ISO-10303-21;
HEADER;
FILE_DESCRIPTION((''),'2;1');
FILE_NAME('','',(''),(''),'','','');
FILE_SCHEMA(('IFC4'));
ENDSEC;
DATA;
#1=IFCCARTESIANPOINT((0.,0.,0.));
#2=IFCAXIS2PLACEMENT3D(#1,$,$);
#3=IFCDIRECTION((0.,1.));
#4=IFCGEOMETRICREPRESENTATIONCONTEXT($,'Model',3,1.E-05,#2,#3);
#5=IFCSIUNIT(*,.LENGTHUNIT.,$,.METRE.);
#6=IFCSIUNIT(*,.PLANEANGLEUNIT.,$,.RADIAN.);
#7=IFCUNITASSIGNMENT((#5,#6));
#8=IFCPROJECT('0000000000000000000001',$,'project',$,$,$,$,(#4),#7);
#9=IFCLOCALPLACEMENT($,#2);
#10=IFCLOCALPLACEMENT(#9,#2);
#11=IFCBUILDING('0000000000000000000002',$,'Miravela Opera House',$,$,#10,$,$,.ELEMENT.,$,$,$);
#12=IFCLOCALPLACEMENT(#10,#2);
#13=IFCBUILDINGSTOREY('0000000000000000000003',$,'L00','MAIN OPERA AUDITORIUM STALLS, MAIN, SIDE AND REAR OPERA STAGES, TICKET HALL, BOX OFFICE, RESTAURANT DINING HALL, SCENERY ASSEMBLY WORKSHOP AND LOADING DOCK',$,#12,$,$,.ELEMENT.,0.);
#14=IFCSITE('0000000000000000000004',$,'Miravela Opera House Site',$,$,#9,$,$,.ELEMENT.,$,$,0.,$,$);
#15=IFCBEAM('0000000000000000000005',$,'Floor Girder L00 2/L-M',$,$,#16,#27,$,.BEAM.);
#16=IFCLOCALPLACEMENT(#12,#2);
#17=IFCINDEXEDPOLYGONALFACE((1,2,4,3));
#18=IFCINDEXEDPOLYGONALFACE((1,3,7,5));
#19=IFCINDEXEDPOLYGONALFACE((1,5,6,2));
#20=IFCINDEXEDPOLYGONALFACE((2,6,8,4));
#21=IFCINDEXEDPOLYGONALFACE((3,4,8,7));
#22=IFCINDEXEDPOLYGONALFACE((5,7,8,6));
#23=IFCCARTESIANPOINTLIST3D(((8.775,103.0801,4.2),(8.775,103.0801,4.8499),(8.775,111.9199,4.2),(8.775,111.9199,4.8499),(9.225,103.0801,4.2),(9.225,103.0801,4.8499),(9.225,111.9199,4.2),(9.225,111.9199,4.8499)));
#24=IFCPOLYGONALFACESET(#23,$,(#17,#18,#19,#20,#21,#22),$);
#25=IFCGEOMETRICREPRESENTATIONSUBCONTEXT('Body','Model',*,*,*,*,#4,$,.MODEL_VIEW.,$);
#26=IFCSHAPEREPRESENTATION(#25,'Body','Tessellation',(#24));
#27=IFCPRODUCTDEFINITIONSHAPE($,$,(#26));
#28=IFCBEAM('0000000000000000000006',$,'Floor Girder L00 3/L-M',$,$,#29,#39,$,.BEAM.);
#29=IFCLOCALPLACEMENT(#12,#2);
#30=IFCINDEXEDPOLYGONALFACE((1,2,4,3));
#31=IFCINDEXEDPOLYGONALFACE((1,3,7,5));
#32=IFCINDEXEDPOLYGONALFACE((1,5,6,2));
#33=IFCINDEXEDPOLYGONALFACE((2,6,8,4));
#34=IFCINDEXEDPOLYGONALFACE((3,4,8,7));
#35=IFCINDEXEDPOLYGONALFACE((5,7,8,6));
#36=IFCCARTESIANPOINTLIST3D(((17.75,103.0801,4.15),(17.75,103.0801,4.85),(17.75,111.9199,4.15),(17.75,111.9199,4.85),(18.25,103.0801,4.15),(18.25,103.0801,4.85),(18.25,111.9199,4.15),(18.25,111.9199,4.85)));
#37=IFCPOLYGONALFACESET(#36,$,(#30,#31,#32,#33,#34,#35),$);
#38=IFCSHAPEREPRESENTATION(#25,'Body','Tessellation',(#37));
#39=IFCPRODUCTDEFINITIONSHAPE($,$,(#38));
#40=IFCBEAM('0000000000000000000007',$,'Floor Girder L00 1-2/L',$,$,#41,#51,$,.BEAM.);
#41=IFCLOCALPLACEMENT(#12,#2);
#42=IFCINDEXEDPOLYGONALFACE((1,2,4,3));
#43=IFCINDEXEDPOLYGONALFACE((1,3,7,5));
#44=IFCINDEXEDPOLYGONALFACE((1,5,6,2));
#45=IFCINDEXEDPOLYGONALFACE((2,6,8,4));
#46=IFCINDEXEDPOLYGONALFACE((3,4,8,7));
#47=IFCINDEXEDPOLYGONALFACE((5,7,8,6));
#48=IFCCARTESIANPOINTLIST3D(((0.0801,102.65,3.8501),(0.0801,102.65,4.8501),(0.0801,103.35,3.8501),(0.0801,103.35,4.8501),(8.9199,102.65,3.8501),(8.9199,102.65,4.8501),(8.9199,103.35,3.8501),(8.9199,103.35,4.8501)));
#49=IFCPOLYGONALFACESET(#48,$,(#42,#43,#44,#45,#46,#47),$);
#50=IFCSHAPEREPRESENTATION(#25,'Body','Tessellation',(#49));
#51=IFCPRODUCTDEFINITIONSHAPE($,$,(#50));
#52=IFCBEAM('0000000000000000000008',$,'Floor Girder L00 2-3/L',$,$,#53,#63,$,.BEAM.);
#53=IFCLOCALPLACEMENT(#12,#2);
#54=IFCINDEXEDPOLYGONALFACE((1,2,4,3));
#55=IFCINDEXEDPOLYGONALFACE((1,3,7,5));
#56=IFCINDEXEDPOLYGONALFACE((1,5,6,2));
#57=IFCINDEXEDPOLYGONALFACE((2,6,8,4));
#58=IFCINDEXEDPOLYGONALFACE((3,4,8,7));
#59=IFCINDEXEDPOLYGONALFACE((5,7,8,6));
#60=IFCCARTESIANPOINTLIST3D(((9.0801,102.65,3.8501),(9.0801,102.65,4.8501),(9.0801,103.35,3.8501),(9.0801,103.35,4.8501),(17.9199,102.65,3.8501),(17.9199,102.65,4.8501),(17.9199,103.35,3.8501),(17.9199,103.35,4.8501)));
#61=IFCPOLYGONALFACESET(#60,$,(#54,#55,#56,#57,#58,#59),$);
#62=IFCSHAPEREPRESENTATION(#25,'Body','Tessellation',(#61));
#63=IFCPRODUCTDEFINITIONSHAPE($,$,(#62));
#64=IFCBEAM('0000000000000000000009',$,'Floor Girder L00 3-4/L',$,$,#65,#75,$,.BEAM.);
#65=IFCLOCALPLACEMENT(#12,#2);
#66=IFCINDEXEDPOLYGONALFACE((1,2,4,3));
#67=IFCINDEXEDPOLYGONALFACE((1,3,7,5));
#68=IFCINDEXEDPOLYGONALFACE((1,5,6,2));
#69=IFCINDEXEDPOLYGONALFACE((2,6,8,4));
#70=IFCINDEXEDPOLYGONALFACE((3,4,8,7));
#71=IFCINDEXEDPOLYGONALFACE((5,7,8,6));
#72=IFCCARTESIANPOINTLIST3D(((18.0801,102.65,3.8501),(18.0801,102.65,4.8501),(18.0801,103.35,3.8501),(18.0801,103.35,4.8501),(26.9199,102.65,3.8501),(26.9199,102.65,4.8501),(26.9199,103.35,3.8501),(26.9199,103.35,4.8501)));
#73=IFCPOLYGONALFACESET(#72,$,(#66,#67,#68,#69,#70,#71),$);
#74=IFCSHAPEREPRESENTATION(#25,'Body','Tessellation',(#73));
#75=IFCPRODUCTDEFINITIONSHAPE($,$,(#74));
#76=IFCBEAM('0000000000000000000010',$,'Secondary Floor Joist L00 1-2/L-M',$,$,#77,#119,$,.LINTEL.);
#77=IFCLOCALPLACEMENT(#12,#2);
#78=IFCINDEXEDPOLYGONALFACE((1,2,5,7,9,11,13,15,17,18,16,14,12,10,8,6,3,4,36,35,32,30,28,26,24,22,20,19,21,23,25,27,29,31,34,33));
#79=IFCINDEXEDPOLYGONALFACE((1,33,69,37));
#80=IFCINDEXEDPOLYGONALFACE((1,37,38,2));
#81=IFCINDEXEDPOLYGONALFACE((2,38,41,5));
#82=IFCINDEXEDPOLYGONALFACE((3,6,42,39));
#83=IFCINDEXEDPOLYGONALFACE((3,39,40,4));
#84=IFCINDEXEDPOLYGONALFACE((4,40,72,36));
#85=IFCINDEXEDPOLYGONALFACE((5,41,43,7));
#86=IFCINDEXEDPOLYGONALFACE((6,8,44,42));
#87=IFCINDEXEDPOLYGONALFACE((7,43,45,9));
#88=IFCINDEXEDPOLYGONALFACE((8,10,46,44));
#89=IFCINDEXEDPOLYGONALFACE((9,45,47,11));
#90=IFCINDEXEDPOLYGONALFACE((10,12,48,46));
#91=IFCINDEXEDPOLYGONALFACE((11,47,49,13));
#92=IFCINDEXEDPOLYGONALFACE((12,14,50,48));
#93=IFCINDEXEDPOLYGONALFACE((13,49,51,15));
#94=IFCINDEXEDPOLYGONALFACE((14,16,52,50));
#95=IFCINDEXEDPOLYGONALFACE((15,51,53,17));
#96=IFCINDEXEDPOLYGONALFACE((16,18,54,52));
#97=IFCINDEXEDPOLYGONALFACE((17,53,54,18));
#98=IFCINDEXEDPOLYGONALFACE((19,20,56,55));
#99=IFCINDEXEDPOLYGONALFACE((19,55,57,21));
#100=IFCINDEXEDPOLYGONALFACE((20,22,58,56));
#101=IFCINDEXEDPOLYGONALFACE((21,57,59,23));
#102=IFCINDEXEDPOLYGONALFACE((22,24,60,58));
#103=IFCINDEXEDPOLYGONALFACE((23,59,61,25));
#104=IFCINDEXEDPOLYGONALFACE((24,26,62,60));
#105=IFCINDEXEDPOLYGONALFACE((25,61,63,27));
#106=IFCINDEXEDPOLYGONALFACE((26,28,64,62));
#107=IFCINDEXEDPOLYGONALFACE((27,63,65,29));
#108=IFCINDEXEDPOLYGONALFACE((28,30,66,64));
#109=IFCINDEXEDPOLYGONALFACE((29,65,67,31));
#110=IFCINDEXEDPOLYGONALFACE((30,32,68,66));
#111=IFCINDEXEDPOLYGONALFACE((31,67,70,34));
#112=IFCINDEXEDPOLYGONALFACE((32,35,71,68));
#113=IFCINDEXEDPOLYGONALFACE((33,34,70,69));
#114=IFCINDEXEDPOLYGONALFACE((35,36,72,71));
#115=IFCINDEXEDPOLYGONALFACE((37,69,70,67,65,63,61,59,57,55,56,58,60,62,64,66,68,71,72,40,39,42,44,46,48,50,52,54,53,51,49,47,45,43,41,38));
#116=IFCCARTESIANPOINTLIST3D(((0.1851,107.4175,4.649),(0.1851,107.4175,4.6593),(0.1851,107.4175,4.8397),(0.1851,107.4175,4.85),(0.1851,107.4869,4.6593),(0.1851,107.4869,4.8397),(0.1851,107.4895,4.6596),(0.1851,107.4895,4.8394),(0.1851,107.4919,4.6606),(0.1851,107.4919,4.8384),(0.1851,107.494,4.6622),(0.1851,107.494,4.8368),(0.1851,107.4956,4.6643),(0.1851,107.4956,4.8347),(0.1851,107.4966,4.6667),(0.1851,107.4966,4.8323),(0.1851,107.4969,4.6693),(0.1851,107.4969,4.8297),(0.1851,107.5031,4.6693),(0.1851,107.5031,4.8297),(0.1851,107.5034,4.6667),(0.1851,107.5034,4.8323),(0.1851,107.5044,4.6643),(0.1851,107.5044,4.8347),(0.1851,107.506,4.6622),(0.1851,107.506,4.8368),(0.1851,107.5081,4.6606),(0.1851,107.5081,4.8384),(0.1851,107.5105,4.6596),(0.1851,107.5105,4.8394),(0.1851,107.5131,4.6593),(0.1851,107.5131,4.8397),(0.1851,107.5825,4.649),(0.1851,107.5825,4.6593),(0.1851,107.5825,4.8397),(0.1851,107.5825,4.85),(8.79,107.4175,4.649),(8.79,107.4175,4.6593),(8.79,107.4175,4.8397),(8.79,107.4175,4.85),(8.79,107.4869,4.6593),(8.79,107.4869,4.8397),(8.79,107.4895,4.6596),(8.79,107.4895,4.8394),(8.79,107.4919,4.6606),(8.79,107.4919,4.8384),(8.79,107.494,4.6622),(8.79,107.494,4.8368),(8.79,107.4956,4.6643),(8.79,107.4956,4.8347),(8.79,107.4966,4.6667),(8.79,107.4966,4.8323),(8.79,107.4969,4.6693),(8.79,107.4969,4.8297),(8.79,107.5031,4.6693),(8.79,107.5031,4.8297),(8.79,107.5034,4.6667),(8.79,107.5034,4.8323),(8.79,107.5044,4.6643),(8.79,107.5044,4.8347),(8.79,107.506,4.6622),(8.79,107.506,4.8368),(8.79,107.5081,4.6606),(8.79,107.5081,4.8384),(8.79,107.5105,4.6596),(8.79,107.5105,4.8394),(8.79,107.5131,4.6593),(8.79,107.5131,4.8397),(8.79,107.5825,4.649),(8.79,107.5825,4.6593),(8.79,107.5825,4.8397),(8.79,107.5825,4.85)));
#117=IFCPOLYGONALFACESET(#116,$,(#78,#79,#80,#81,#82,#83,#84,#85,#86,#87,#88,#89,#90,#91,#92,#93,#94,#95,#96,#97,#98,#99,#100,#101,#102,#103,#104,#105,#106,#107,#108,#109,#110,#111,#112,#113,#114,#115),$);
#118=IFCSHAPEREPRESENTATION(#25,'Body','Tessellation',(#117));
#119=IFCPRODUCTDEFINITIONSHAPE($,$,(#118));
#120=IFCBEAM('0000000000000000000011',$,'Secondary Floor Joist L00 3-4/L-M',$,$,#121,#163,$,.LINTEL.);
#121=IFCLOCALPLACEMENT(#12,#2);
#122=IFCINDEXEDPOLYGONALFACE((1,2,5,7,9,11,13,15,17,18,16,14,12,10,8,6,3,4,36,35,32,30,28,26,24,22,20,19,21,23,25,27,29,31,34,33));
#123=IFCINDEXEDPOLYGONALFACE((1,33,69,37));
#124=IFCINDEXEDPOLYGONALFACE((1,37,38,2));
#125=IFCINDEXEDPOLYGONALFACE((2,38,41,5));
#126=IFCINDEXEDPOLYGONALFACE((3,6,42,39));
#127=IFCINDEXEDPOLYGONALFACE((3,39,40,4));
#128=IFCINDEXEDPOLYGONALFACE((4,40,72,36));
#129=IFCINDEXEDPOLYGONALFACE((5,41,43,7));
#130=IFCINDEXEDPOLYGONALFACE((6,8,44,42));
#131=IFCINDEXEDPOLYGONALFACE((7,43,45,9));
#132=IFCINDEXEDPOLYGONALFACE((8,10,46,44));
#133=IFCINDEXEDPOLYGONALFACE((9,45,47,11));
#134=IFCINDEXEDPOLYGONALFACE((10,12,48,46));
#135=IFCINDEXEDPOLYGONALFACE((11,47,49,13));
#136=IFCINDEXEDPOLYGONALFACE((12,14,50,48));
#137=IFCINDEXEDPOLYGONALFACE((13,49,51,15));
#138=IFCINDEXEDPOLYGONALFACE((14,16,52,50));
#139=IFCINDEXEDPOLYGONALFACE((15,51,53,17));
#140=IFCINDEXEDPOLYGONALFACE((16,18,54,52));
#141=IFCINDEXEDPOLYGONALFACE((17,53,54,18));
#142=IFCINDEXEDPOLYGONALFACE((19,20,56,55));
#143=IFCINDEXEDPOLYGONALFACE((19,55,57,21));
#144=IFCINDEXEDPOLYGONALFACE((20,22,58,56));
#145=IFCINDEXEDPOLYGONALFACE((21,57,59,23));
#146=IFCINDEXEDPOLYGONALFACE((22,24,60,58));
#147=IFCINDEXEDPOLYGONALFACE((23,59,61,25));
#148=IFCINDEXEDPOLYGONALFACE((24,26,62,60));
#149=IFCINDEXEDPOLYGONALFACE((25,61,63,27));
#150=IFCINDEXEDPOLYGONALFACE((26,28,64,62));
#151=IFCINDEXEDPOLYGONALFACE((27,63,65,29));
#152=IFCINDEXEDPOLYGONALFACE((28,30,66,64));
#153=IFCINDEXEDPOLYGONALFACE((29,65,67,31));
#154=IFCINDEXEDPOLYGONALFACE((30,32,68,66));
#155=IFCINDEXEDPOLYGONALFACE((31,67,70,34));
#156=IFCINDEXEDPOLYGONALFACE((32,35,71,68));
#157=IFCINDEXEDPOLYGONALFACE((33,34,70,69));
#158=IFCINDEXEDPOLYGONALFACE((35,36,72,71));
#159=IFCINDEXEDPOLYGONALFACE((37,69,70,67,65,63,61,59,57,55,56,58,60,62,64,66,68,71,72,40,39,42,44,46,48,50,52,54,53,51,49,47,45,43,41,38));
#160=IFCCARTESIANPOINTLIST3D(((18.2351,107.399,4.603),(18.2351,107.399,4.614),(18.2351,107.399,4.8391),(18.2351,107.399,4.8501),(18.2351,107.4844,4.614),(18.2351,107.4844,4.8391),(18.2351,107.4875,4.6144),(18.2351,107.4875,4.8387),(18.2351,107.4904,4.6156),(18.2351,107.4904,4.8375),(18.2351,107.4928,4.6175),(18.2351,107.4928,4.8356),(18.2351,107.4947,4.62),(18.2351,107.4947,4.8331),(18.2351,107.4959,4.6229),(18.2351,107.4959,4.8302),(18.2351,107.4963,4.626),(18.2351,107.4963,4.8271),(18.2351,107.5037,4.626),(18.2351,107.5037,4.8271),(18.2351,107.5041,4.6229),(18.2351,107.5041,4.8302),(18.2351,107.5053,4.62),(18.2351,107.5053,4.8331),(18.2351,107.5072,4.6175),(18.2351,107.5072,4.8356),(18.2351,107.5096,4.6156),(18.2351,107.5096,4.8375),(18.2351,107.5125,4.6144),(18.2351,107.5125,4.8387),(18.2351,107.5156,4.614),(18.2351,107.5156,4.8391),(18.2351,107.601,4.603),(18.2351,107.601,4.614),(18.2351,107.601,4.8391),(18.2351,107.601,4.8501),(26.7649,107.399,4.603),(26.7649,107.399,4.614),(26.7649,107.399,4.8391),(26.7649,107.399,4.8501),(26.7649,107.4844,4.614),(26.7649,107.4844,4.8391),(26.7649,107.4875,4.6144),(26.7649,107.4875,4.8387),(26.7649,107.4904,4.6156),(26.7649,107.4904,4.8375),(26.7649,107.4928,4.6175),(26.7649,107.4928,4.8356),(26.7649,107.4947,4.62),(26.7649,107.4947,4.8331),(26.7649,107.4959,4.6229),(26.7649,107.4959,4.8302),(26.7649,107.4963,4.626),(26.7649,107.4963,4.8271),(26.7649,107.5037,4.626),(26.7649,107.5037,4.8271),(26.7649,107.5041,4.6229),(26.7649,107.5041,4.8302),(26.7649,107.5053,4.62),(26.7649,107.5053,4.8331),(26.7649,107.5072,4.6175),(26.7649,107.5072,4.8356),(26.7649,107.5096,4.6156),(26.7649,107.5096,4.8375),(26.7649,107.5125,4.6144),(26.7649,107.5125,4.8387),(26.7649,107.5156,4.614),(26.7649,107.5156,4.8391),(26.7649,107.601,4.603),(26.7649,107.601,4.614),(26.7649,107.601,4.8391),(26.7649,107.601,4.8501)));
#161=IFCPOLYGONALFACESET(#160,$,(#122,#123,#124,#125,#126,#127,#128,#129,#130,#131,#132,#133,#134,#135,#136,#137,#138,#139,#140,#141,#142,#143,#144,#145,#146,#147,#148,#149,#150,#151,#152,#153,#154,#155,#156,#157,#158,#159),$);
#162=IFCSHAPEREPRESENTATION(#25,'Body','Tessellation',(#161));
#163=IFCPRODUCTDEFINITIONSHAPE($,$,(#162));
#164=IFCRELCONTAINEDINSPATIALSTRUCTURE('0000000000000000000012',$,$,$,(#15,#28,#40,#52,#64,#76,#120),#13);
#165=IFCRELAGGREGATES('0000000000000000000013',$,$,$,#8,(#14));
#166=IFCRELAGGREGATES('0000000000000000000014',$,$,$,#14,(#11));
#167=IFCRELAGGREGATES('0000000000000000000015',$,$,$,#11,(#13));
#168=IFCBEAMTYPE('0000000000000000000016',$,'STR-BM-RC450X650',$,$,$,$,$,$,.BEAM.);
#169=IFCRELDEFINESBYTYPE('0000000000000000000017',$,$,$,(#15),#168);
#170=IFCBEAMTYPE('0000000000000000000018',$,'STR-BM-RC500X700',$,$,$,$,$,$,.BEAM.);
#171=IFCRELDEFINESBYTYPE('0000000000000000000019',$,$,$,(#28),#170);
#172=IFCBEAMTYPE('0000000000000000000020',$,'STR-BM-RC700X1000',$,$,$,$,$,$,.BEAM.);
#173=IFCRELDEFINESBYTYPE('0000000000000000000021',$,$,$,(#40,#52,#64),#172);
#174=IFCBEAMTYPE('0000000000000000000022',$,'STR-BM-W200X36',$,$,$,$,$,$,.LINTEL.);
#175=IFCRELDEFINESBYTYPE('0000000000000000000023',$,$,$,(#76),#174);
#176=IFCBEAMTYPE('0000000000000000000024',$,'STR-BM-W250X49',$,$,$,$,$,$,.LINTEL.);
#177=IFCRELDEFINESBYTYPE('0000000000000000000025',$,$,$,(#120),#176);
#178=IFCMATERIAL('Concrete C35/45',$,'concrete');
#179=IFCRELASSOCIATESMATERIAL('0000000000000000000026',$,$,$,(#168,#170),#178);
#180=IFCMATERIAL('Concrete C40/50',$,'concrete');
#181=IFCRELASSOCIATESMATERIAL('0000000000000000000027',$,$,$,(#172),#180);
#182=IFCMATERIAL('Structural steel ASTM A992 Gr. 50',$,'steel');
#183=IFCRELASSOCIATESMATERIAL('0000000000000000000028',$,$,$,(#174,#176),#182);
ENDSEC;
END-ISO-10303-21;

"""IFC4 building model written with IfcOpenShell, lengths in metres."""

from ifc_helpers import new_model, si_unit, direction, frame, origin, origin_2d, place, context, subcontext, project, spatial, rectangle, i_section, extrude, material, material_profile, profile_set, type_object, element, save


model = new_model("IFC4")

# Units and contexts
model_context = context("Model", 3, precision=1e-05, world=origin(), true_north=direction((0.0, 1.0)))
body_context = subcontext(model_context, "Body", "Model", "MODEL_VIEW")
ifc_project = project(units=[si_unit("LENGTHUNIT", "METRE"), si_unit("PLANEANGLEUNIT", "RADIAN")], contexts=[model_context])

# Site, building, storey
site_placement = place(None, origin())
site = spatial("IfcSite", under=ifc_project, at=site_placement, Name="Miravela Opera House Site", CompositionType="ELEMENT", RefElevation=0.0)
building_placement = place(site_placement, origin())
building = spatial("IfcBuilding", under=site, at=building_placement, Name="Miravela Opera House", CompositionType="ELEMENT")
storey_placement = place(building_placement, origin())
storey = spatial("IfcBuildingStorey", under=building, at=storey_placement, Name="L00", Description="MAIN OPERA AUDITORIUM STALLS, MAIN, SIDE AND REAR OPERA STAGES, TICKET HALL, BOX OFFICE, RESTAURANT DINING HALL, SCENERY ASSEMBLY WORKSHOP AND LOADING DOCK", CompositionType="ELEMENT", Elevation=0.0)

# Shared definitions
ifc_material_1 = material(Name="Concrete C35/45", Category="concrete")
ifc_material_2 = material(Name="Concrete C40/50", Category="concrete")

# Beams
ifc_material_profile_1 = material_profile(ifc_material_1, rectangle(XDim=0.45, YDim=0.6499, at=origin_2d()), Name="RC-BM-450X650")
ifc_profile_set_1 = profile_set([ifc_material_profile_1])
beam_type_1 = type_object("IfcBeamType", Name="STR-BM-RC450X650", PredefinedType="BEAM", material=ifc_profile_set_1)
beam_1_placement = place(storey_placement, frame((9.0, 103.0801, 4.5249), z_axis=(0.0, 1.0, 0.0), x_axis=(-1.0, 0.0, 0.0)))
element("IfcBeam", 1, at=beam_1_placement, inside=storey, type_object=beam_type_1, Name="Floor Girder L00 2/L-M", PredefinedType="BEAM", context=body_context, shape_type="SweptSolid", body=[
    extrude(rectangle(XDim=0.45, YDim=0.6499, at=origin_2d()), origin(), (0.0, 0.0, 1.0), 8.8398),
])
ifc_material_profile_2 = material_profile(ifc_material_1, rectangle(XDim=0.5, YDim=0.7, at=origin_2d()), Name="RC-BM-500X700")
ifc_profile_set_2 = profile_set([ifc_material_profile_2])
beam_type_2 = type_object("IfcBeamType", Name="STR-BM-RC500X700", PredefinedType="BEAM", material=ifc_profile_set_2)
beam_2_placement = place(storey_placement, frame((18.0, 103.0801, 4.5), z_axis=(0.0, 1.0, 0.0), x_axis=(-1.0, 0.0, 0.0)))
element("IfcBeam", 2, at=beam_2_placement, inside=storey, type_object=beam_type_2, Name="Floor Girder L00 3/L-M", PredefinedType="BEAM", context=body_context, shape_type="SweptSolid", body=[
    extrude(rectangle(XDim=0.5, YDim=0.7, at=origin_2d()), origin(), (0.0, 0.0, 1.0), 8.8398),
])
ifc_material_profile_3 = material_profile(ifc_material_2, rectangle(XDim=0.7, YDim=1.0, at=origin_2d()), Name="RC-BM-700X1000")
ifc_profile_set_3 = profile_set([ifc_material_profile_3])
beam_type_3 = type_object("IfcBeamType", Name="STR-BM-RC700X1000", PredefinedType="BEAM", material=ifc_profile_set_3)
for number, where, z_axis, x_axis, name in (
    (3, (0.0801, 103.0, 4.3501), (1.0, 0.0, 0.0), (0.0, 1.0, 0.0), "Floor Girder L00 1-2/L"),
    (4, (9.0801, 103.0, 4.3501), (1.0, 0.0, 0.0), (0.0, 1.0, 0.0), "Floor Girder L00 2-3/L"),
    (5, (18.0801, 103.0, 4.3501), (1.0, 0.0, 0.0), (0.0, 1.0, 0.0), "Floor Girder L00 3-4/L"),
):
    element("IfcBeam", number, at=place(storey_placement, frame(where, z_axis=z_axis, x_axis=x_axis)), inside=storey, type_object=beam_type_3, Name=name, PredefinedType="BEAM", context=body_context, shape_type="SweptSolid", body=[
        extrude(rectangle(XDim=0.7, YDim=1.0, at=origin_2d()), origin(), (0.0, 0.0, 1.0), 8.8398),
    ])
ifc_material_3 = material(Name="Structural steel ASTM A992 Gr. 50", Category="steel")
ifc_material_profile_4 = material_profile(ifc_material_3, i_section(OverallWidth=0.165, OverallDepth=0.2009, WebThickness=0.0061, FlangeThickness=0.0103, FilletRadius=0.01, at=origin_2d()), Name="W200X36")
ifc_profile_set_4 = profile_set([ifc_material_profile_4])
beam_type_4 = type_object("IfcBeamType", Name="STR-BM-W200X36", PredefinedType="LINTEL", material=ifc_profile_set_4)
beam_3_placement = place(storey_placement, frame((0.1851, 107.5, 4.7495), z_axis=(1.0, 0.0, 0.0), x_axis=(0.0, 1.0, 0.0)))
element("IfcBeam", 6, at=beam_3_placement, inside=storey, type_object=beam_type_4, Name="Secondary Floor Joist L00 1-2/L-M", PredefinedType="LINTEL", context=body_context, shape_type="SweptSolid", body=[
    extrude(i_section(OverallWidth=0.165, OverallDepth=0.2009, WebThickness=0.0061, FlangeThickness=0.0103, FilletRadius=0.01, at=origin_2d()), origin(), (0.0, 0.0, 1.0), 8.605),
])
ifc_material_profile_5 = material_profile(ifc_material_3, i_section(OverallWidth=0.2019, OverallDepth=0.2471, WebThickness=0.0073, FlangeThickness=0.011, FilletRadius=0.012, at=origin_2d()), Name="W250X49")
ifc_profile_set_5 = profile_set([ifc_material_profile_5])
beam_type_5 = type_object("IfcBeamType", Name="STR-BM-W250X49", PredefinedType="LINTEL", material=ifc_profile_set_5)
beam_4_placement = place(storey_placement, frame((18.2351, 107.5, 4.7266), z_axis=(1.0, 0.0, 0.0), x_axis=(0.0, 1.0, 0.0)))
element("IfcBeam", 7, at=beam_4_placement, inside=storey, type_object=beam_type_5, Name="Secondary Floor Joist L00 3-4/L-M", PredefinedType="LINTEL", context=body_context, shape_type="SweptSolid", body=[
    extrude(i_section(OverallWidth=0.2019, OverallDepth=0.2471, WebThickness=0.0073, FlangeThickness=0.011, FilletRadius=0.012, at=origin_2d()), origin(), (0.0, 0.0, 1.0), 8.5298),
])

save(model, "model.ifc")
